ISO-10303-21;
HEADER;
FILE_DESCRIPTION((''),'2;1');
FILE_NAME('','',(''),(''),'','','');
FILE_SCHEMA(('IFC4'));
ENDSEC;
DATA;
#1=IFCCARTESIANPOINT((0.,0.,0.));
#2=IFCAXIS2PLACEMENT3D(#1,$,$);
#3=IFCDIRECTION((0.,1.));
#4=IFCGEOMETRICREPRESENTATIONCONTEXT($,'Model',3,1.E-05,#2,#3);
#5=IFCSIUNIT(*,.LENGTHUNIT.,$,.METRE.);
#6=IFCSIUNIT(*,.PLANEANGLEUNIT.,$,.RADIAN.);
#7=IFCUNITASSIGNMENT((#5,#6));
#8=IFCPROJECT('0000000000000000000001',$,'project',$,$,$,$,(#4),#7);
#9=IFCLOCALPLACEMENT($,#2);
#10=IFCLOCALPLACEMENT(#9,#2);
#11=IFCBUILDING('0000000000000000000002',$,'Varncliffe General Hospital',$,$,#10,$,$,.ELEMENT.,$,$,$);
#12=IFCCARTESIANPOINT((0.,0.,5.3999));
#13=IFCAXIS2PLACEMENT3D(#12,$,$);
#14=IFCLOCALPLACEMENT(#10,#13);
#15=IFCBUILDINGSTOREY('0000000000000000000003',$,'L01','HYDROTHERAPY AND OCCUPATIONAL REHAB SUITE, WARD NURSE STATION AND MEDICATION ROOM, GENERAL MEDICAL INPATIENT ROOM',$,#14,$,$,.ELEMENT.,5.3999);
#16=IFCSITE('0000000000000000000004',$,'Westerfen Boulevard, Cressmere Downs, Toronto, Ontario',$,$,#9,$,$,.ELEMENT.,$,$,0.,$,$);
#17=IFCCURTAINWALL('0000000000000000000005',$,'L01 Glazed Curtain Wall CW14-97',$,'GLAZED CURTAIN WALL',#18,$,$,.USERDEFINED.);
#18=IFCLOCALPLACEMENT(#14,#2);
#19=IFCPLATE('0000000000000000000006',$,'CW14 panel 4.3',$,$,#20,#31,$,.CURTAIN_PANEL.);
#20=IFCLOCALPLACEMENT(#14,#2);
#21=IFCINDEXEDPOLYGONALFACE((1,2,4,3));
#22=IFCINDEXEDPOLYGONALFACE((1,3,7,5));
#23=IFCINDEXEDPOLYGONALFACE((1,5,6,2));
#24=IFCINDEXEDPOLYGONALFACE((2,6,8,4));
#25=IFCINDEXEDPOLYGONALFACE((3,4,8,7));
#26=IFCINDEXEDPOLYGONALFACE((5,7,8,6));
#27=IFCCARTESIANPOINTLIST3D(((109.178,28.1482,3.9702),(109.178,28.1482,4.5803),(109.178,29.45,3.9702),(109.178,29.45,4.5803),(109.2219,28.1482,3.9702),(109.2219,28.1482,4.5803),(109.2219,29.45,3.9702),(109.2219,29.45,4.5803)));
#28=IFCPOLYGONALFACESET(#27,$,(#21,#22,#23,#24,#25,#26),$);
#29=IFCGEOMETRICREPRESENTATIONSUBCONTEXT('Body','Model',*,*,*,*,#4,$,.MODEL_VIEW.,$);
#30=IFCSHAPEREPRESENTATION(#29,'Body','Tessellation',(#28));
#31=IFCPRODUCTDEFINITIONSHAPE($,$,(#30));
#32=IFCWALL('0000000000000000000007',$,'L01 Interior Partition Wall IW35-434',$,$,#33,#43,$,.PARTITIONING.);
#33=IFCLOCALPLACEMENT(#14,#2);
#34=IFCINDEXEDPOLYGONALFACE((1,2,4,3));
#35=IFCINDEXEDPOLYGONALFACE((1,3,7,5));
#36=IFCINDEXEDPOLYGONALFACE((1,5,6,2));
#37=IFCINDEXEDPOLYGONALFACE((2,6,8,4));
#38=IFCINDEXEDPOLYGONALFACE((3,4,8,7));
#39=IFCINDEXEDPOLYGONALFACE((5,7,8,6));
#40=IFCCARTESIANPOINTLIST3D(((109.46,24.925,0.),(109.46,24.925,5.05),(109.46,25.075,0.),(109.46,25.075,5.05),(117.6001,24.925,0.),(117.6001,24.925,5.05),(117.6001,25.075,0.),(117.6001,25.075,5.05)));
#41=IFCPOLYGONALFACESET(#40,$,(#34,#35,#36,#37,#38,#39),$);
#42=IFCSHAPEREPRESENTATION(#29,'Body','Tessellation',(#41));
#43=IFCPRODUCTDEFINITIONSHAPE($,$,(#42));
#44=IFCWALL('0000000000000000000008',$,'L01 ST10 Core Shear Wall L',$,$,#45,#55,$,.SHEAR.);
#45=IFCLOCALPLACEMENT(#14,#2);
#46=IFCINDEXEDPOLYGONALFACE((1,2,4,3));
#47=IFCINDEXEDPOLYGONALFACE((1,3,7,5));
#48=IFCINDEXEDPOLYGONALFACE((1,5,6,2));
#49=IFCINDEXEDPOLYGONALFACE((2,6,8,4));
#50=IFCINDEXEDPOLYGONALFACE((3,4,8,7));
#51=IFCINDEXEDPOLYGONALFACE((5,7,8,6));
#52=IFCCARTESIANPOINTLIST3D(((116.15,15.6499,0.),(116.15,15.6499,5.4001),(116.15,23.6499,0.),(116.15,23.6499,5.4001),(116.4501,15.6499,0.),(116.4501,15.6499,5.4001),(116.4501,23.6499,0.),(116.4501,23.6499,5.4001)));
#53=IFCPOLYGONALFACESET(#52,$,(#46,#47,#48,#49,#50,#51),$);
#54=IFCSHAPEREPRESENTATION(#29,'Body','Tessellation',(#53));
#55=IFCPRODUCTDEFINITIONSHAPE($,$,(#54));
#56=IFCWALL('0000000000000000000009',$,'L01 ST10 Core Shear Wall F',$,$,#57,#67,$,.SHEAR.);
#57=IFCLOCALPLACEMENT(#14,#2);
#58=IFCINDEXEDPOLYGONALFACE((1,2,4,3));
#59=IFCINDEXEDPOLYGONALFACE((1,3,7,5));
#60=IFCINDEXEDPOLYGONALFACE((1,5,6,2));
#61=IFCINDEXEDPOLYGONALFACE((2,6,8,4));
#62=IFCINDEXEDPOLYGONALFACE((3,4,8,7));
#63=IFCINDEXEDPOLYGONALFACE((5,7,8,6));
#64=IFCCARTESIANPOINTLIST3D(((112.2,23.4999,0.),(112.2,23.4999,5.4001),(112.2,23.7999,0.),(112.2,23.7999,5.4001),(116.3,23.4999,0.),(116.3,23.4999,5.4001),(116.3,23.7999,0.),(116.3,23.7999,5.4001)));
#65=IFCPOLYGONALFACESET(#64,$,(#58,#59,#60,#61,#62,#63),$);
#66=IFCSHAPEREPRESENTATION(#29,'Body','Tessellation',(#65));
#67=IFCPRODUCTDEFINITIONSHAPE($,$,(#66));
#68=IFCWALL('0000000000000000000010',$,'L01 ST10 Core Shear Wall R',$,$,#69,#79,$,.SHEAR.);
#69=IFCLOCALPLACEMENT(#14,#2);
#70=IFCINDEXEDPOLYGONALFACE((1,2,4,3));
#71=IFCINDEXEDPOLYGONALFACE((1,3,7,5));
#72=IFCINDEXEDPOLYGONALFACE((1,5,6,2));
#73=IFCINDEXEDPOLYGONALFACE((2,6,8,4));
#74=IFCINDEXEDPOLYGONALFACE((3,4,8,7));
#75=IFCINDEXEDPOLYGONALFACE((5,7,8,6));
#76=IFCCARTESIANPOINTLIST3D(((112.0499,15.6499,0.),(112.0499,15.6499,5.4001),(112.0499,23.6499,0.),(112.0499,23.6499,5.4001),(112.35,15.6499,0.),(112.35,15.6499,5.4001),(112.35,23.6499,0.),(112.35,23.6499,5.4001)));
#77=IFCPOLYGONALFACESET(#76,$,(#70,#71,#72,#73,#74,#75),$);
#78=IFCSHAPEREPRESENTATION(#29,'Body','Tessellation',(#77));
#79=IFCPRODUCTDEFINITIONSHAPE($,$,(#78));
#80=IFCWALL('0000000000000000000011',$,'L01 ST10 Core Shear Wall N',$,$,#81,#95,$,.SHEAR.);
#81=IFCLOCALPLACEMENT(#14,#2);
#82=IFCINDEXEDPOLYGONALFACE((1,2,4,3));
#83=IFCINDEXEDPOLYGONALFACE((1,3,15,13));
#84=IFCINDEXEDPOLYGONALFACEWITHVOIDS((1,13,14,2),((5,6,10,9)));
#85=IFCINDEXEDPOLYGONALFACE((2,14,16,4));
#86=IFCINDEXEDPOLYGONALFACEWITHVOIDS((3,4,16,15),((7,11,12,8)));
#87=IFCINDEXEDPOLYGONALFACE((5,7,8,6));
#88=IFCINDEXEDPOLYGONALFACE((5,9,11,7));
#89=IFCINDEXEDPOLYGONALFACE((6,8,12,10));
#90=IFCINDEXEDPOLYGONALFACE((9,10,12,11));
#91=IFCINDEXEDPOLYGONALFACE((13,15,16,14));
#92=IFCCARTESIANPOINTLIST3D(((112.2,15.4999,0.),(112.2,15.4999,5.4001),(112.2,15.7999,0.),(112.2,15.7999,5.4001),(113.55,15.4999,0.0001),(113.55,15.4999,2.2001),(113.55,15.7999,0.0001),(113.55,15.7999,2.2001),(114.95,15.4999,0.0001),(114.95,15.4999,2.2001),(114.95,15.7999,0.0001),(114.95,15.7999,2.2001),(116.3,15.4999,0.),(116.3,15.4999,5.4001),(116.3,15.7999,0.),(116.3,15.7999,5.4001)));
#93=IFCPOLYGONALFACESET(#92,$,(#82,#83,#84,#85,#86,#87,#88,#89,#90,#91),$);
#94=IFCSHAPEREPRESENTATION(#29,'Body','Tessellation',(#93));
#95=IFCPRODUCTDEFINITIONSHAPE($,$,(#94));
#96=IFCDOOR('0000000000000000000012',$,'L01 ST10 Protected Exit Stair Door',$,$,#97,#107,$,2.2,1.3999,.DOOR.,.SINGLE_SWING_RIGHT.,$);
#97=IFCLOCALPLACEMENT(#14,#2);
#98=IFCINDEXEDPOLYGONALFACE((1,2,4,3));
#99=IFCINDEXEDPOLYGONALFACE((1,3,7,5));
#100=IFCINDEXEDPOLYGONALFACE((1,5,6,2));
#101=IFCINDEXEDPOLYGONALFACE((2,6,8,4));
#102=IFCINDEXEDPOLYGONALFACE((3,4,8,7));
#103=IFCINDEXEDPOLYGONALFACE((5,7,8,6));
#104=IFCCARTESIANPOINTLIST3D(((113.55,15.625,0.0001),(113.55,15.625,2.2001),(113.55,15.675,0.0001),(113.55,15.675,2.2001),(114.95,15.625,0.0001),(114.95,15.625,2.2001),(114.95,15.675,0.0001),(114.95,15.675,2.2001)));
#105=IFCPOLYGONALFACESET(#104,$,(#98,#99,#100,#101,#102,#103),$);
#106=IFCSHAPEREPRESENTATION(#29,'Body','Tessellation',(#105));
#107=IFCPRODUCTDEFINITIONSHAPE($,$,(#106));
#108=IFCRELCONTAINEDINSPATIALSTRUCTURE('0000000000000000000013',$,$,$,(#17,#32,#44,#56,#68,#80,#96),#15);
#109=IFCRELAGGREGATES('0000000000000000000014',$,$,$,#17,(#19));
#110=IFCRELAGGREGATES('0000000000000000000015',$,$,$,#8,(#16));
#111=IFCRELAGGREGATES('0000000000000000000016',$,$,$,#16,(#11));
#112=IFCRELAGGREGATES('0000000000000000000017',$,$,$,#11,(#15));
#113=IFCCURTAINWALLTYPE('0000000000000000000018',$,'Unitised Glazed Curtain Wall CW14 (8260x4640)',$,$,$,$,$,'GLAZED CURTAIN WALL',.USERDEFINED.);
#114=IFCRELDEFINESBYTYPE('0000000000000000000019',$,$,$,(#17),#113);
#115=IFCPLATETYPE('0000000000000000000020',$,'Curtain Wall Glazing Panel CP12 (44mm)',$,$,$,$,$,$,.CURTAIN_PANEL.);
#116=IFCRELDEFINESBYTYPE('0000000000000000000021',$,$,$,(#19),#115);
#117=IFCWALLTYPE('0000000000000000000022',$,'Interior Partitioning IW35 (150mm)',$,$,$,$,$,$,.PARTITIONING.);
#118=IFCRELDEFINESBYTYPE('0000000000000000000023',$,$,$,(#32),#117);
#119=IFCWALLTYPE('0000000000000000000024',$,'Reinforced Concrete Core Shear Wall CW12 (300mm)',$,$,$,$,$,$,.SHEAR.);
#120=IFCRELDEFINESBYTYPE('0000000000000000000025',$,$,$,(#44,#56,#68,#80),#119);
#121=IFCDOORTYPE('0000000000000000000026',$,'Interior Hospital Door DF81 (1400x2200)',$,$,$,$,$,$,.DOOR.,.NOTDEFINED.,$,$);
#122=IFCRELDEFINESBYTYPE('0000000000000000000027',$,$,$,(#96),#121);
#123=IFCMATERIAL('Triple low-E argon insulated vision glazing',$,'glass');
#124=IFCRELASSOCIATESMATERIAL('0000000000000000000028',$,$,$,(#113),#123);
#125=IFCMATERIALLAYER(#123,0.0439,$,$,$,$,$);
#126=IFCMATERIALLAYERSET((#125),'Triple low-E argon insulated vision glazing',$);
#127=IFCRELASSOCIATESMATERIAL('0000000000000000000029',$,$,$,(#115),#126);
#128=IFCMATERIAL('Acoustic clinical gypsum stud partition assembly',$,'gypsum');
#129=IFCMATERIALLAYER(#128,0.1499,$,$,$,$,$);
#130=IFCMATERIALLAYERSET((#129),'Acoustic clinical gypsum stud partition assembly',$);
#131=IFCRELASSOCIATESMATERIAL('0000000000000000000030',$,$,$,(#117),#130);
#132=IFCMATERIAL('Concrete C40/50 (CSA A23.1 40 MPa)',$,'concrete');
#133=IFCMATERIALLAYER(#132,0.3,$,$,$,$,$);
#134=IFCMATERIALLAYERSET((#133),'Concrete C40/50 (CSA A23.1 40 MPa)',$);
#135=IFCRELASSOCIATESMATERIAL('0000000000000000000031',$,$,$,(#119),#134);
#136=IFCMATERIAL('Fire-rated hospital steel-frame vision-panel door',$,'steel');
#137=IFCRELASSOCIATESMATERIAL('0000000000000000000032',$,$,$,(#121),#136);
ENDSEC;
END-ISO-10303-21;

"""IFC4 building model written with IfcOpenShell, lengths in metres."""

from ifc_helpers import new_model, si_unit, direction, frame, frame_2d, origin, origin_2d, place, context, subcontext, project, spatial, rectangle, extrude, material, layer, layer_set, type_object, element, fill, aggregate, save


model = new_model("IFC4")

# Units and contexts
model_context = context("Model", 3, precision=1e-05, world=origin(), true_north=direction((0.0, 1.0)))
body_context = subcontext(model_context, "Body", "Model", "MODEL_VIEW")
ifc_project = project(units=[si_unit("LENGTHUNIT", "METRE"), si_unit("PLANEANGLEUNIT", "RADIAN")], contexts=[model_context])

# Site, building, storey
site_placement = place(None, origin())
site = spatial("IfcSite", under=ifc_project, at=site_placement, Name="Westerfen Boulevard, Cressmere Downs, Toronto, Ontario", CompositionType="ELEMENT", RefElevation=0.0)
building_placement = place(site_placement, origin())
building = spatial("IfcBuilding", under=site, at=building_placement, Name="Varncliffe General Hospital", CompositionType="ELEMENT")
storey_placement = place(building_placement, frame((0.0, 0.0, 5.3999)))
storey = spatial("IfcBuildingStorey", under=building, at=storey_placement, Name="L01", Description="HYDROTHERAPY AND OCCUPATIONAL REHAB SUITE, WARD NURSE STATION AND MEDICATION ROOM, GENERAL MEDICAL INPATIENT ROOM", CompositionType="ELEMENT", Elevation=5.3999)

# Curtain wall, plate
ifc_material_1 = material(Name="Triple low-E argon insulated vision glazing", Category="glass")
curtain_wall_type = type_object("IfcCurtainWallType", Name="Unitised Glazed Curtain Wall CW14 (8260x4640)", ElementType="GLAZED CURTAIN WALL", PredefinedType="USERDEFINED", material=ifc_material_1)
curtain_wall_placement = place(storey_placement, origin())
curtain_wall = element("IfcCurtainWall", 1, at=curtain_wall_placement, inside=storey, type_object=curtain_wall_type, Name="L01 Glazed Curtain Wall CW14-97", ObjectType="GLAZED CURTAIN WALL", PredefinedType="USERDEFINED")
ifc_layer_1 = layer(ifc_material_1, 0.0439)
ifc_layer_set_1 = layer_set([ifc_layer_1], Name="Triple low-E argon insulated vision glazing")
plate_type = type_object("IfcPlateType", Name="Curtain Wall Glazing Panel CP12 (44mm)", PredefinedType="CURTAIN_PANEL", material=ifc_layer_set_1)
plate_1_placement = place(storey_placement, frame((109.2, 28.7991, 3.9702), z_axis=(0.0, 0.0, 1.0), x_axis=(0.0, 1.0, 0.0)))
plate_1 = element("IfcPlate", 2, at=plate_1_placement, type_object=plate_type, Name="CW14 panel 4.3", PredefinedType="CURTAIN_PANEL", context=body_context, shape_type="SweptSolid", body=[
    extrude(rectangle(XDim=1.3018, YDim=0.0439, at=origin_2d()), origin(), (0.0, 0.0, 1.0), 0.6101),
])
aggregate(curtain_wall, [plate_1])

# Walls
ifc_material_2 = material(Name="Acoustic clinical gypsum stud partition assembly", Category="gypsum")
ifc_layer_2 = layer(ifc_material_2, 0.1499)
ifc_layer_set_2 = layer_set([ifc_layer_2], Name="Acoustic clinical gypsum stud partition assembly")
wall_type_1 = type_object("IfcWallType", Name="Interior Partitioning IW35 (150mm)", PredefinedType="PARTITIONING", material=ifc_layer_set_2)
wall_1_placement = place(storey_placement, frame((109.46, 25.0, 0.0), z_axis=(0.0, 0.0, 1.0), x_axis=(1.0, 0.0, 0.0)))
element("IfcWall", 3, at=wall_1_placement, inside=storey, type_object=wall_type_1, Name="L01 Interior Partition Wall IW35-434", PredefinedType="PARTITIONING", context=body_context, shape_type="SweptSolid", body=[
    extrude(rectangle(XDim=8.1401, YDim=0.1499, at=frame_2d((4.0701, 0.0))), origin(), (0.0, 0.0, 1.0), 5.05),
])
ifc_material_3 = material(Name="Concrete C40/50 (CSA A23.1 40 MPa)", Category="concrete")
ifc_layer_3 = layer(ifc_material_3, 0.3)
ifc_layer_set_3 = layer_set([ifc_layer_3], Name="Concrete C40/50 (CSA A23.1 40 MPa)")
wall_type_2 = type_object("IfcWallType", Name="Reinforced Concrete Core Shear Wall CW12 (300mm)", PredefinedType="SHEAR", material=ifc_layer_set_3)
wall_2_placement = place(storey_placement, frame((116.3, 15.6499, 0.0), z_axis=(0.0, 0.0, 1.0), x_axis=(0.0, 1.0, 0.0)))
element("IfcWall", 4, at=wall_2_placement, inside=storey, type_object=wall_type_2, Name="L01 ST10 Core Shear Wall L", PredefinedType="SHEAR", context=body_context, shape_type="SweptSolid", body=[
    extrude(rectangle(XDim=8.0, YDim=0.3, at=frame_2d((4.0, 0.0))), origin(), (0.0, 0.0, 1.0), 5.4001),
])
wall_3_placement = place(storey_placement, frame((116.3, 23.6499, 0.0), z_axis=(0.0, 0.0, 1.0), x_axis=(-1.0, 0.0, 0.0)))
element("IfcWall", 5, at=wall_3_placement, inside=storey, type_object=wall_type_2, Name="L01 ST10 Core Shear Wall F", PredefinedType="SHEAR", context=body_context, shape_type="SweptSolid", body=[
    extrude(rectangle(XDim=4.1001, YDim=0.3, at=frame_2d((2.05, 0.0))), origin(), (0.0, 0.0, 1.0), 5.4001),
])
wall_4_placement = place(storey_placement, frame((112.2, 23.6499, 0.0), z_axis=(0.0, 0.0, 1.0), x_axis=(0.0, -1.0, 0.0)))
element("IfcWall", 6, at=wall_4_placement, inside=storey, type_object=wall_type_2, Name="L01 ST10 Core Shear Wall R", PredefinedType="SHEAR", context=body_context, shape_type="SweptSolid", body=[
    extrude(rectangle(XDim=8.0, YDim=0.3, at=frame_2d((4.0, 0.0))), origin(), (0.0, 0.0, 1.0), 5.4001),
])

# Wall, opening, door
wall_5_placement = place(storey_placement, frame((112.2, 15.6499, 0.0), z_axis=(0.0, 0.0, 1.0), x_axis=(1.0, 0.0, 0.0)))
wall_5 = element("IfcWall", 7, at=wall_5_placement, inside=storey, type_object=wall_type_2, Name="L01 ST10 Core Shear Wall N", PredefinedType="SHEAR", context=body_context, shape_type="SweptSolid", body=[
    extrude(rectangle(XDim=4.1001, YDim=0.3, at=frame_2d((2.05, 0.0))), origin(), (0.0, 0.0, 1.0), 5.4001),
])
opening_placement = place(wall_5_placement, frame((1.3501, 0.0, 0.0)))
opening = element("IfcOpeningElement", 8, at=opening_placement, cuts=wall_5, PredefinedType="OPENING", context=body_context, shape_type="SweptSolid", body=[
    extrude(rectangle(XDim=1.3999, YDim=2.2, at=frame_2d((0.7, 1.1001))), frame((0.0, 0.1602, 0.0), z_axis=(0.0, -1.0, 0.0), x_axis=(1.0, 0.0, 0.0)), (0.0, 0.0, 1.0), 0.3201),
])
ifc_material_4 = material(Name="Fire-rated hospital steel-frame vision-panel door", Category="steel")
door_type = type_object("IfcDoorType", Name="Interior Hospital Door DF81 (1400x2200)", OperationType="NOTDEFINED", PredefinedType="DOOR", material=ifc_material_4)
door_placement = place(opening_placement, frame((1.3999, 0.0, 0.0), z_axis=(0.0, 0.0, 1.0), x_axis=(-1.0, 0.0, 0.0)))
door = element("IfcDoor", 9, at=door_placement, inside=storey, type_object=door_type, Name="L01 ST10 Protected Exit Stair Door", OperationType="SINGLE_SWING_RIGHT", OverallHeight=2.2, OverallWidth=1.3999, PredefinedType="DOOR", context=body_context, shape_type="SweptSolid", body=[
    extrude(rectangle(XDim=1.3999, YDim=2.2, at=frame_2d((0.7, 1.1001))), frame((0.0, 0.0249, 0.0), z_axis=(0.0, -1.0, 0.0), x_axis=(1.0, 0.0, 0.0)), (0.0, 0.0, 1.0), 0.05),
])
fill(opening, door)

save(model, "model.ifc")
